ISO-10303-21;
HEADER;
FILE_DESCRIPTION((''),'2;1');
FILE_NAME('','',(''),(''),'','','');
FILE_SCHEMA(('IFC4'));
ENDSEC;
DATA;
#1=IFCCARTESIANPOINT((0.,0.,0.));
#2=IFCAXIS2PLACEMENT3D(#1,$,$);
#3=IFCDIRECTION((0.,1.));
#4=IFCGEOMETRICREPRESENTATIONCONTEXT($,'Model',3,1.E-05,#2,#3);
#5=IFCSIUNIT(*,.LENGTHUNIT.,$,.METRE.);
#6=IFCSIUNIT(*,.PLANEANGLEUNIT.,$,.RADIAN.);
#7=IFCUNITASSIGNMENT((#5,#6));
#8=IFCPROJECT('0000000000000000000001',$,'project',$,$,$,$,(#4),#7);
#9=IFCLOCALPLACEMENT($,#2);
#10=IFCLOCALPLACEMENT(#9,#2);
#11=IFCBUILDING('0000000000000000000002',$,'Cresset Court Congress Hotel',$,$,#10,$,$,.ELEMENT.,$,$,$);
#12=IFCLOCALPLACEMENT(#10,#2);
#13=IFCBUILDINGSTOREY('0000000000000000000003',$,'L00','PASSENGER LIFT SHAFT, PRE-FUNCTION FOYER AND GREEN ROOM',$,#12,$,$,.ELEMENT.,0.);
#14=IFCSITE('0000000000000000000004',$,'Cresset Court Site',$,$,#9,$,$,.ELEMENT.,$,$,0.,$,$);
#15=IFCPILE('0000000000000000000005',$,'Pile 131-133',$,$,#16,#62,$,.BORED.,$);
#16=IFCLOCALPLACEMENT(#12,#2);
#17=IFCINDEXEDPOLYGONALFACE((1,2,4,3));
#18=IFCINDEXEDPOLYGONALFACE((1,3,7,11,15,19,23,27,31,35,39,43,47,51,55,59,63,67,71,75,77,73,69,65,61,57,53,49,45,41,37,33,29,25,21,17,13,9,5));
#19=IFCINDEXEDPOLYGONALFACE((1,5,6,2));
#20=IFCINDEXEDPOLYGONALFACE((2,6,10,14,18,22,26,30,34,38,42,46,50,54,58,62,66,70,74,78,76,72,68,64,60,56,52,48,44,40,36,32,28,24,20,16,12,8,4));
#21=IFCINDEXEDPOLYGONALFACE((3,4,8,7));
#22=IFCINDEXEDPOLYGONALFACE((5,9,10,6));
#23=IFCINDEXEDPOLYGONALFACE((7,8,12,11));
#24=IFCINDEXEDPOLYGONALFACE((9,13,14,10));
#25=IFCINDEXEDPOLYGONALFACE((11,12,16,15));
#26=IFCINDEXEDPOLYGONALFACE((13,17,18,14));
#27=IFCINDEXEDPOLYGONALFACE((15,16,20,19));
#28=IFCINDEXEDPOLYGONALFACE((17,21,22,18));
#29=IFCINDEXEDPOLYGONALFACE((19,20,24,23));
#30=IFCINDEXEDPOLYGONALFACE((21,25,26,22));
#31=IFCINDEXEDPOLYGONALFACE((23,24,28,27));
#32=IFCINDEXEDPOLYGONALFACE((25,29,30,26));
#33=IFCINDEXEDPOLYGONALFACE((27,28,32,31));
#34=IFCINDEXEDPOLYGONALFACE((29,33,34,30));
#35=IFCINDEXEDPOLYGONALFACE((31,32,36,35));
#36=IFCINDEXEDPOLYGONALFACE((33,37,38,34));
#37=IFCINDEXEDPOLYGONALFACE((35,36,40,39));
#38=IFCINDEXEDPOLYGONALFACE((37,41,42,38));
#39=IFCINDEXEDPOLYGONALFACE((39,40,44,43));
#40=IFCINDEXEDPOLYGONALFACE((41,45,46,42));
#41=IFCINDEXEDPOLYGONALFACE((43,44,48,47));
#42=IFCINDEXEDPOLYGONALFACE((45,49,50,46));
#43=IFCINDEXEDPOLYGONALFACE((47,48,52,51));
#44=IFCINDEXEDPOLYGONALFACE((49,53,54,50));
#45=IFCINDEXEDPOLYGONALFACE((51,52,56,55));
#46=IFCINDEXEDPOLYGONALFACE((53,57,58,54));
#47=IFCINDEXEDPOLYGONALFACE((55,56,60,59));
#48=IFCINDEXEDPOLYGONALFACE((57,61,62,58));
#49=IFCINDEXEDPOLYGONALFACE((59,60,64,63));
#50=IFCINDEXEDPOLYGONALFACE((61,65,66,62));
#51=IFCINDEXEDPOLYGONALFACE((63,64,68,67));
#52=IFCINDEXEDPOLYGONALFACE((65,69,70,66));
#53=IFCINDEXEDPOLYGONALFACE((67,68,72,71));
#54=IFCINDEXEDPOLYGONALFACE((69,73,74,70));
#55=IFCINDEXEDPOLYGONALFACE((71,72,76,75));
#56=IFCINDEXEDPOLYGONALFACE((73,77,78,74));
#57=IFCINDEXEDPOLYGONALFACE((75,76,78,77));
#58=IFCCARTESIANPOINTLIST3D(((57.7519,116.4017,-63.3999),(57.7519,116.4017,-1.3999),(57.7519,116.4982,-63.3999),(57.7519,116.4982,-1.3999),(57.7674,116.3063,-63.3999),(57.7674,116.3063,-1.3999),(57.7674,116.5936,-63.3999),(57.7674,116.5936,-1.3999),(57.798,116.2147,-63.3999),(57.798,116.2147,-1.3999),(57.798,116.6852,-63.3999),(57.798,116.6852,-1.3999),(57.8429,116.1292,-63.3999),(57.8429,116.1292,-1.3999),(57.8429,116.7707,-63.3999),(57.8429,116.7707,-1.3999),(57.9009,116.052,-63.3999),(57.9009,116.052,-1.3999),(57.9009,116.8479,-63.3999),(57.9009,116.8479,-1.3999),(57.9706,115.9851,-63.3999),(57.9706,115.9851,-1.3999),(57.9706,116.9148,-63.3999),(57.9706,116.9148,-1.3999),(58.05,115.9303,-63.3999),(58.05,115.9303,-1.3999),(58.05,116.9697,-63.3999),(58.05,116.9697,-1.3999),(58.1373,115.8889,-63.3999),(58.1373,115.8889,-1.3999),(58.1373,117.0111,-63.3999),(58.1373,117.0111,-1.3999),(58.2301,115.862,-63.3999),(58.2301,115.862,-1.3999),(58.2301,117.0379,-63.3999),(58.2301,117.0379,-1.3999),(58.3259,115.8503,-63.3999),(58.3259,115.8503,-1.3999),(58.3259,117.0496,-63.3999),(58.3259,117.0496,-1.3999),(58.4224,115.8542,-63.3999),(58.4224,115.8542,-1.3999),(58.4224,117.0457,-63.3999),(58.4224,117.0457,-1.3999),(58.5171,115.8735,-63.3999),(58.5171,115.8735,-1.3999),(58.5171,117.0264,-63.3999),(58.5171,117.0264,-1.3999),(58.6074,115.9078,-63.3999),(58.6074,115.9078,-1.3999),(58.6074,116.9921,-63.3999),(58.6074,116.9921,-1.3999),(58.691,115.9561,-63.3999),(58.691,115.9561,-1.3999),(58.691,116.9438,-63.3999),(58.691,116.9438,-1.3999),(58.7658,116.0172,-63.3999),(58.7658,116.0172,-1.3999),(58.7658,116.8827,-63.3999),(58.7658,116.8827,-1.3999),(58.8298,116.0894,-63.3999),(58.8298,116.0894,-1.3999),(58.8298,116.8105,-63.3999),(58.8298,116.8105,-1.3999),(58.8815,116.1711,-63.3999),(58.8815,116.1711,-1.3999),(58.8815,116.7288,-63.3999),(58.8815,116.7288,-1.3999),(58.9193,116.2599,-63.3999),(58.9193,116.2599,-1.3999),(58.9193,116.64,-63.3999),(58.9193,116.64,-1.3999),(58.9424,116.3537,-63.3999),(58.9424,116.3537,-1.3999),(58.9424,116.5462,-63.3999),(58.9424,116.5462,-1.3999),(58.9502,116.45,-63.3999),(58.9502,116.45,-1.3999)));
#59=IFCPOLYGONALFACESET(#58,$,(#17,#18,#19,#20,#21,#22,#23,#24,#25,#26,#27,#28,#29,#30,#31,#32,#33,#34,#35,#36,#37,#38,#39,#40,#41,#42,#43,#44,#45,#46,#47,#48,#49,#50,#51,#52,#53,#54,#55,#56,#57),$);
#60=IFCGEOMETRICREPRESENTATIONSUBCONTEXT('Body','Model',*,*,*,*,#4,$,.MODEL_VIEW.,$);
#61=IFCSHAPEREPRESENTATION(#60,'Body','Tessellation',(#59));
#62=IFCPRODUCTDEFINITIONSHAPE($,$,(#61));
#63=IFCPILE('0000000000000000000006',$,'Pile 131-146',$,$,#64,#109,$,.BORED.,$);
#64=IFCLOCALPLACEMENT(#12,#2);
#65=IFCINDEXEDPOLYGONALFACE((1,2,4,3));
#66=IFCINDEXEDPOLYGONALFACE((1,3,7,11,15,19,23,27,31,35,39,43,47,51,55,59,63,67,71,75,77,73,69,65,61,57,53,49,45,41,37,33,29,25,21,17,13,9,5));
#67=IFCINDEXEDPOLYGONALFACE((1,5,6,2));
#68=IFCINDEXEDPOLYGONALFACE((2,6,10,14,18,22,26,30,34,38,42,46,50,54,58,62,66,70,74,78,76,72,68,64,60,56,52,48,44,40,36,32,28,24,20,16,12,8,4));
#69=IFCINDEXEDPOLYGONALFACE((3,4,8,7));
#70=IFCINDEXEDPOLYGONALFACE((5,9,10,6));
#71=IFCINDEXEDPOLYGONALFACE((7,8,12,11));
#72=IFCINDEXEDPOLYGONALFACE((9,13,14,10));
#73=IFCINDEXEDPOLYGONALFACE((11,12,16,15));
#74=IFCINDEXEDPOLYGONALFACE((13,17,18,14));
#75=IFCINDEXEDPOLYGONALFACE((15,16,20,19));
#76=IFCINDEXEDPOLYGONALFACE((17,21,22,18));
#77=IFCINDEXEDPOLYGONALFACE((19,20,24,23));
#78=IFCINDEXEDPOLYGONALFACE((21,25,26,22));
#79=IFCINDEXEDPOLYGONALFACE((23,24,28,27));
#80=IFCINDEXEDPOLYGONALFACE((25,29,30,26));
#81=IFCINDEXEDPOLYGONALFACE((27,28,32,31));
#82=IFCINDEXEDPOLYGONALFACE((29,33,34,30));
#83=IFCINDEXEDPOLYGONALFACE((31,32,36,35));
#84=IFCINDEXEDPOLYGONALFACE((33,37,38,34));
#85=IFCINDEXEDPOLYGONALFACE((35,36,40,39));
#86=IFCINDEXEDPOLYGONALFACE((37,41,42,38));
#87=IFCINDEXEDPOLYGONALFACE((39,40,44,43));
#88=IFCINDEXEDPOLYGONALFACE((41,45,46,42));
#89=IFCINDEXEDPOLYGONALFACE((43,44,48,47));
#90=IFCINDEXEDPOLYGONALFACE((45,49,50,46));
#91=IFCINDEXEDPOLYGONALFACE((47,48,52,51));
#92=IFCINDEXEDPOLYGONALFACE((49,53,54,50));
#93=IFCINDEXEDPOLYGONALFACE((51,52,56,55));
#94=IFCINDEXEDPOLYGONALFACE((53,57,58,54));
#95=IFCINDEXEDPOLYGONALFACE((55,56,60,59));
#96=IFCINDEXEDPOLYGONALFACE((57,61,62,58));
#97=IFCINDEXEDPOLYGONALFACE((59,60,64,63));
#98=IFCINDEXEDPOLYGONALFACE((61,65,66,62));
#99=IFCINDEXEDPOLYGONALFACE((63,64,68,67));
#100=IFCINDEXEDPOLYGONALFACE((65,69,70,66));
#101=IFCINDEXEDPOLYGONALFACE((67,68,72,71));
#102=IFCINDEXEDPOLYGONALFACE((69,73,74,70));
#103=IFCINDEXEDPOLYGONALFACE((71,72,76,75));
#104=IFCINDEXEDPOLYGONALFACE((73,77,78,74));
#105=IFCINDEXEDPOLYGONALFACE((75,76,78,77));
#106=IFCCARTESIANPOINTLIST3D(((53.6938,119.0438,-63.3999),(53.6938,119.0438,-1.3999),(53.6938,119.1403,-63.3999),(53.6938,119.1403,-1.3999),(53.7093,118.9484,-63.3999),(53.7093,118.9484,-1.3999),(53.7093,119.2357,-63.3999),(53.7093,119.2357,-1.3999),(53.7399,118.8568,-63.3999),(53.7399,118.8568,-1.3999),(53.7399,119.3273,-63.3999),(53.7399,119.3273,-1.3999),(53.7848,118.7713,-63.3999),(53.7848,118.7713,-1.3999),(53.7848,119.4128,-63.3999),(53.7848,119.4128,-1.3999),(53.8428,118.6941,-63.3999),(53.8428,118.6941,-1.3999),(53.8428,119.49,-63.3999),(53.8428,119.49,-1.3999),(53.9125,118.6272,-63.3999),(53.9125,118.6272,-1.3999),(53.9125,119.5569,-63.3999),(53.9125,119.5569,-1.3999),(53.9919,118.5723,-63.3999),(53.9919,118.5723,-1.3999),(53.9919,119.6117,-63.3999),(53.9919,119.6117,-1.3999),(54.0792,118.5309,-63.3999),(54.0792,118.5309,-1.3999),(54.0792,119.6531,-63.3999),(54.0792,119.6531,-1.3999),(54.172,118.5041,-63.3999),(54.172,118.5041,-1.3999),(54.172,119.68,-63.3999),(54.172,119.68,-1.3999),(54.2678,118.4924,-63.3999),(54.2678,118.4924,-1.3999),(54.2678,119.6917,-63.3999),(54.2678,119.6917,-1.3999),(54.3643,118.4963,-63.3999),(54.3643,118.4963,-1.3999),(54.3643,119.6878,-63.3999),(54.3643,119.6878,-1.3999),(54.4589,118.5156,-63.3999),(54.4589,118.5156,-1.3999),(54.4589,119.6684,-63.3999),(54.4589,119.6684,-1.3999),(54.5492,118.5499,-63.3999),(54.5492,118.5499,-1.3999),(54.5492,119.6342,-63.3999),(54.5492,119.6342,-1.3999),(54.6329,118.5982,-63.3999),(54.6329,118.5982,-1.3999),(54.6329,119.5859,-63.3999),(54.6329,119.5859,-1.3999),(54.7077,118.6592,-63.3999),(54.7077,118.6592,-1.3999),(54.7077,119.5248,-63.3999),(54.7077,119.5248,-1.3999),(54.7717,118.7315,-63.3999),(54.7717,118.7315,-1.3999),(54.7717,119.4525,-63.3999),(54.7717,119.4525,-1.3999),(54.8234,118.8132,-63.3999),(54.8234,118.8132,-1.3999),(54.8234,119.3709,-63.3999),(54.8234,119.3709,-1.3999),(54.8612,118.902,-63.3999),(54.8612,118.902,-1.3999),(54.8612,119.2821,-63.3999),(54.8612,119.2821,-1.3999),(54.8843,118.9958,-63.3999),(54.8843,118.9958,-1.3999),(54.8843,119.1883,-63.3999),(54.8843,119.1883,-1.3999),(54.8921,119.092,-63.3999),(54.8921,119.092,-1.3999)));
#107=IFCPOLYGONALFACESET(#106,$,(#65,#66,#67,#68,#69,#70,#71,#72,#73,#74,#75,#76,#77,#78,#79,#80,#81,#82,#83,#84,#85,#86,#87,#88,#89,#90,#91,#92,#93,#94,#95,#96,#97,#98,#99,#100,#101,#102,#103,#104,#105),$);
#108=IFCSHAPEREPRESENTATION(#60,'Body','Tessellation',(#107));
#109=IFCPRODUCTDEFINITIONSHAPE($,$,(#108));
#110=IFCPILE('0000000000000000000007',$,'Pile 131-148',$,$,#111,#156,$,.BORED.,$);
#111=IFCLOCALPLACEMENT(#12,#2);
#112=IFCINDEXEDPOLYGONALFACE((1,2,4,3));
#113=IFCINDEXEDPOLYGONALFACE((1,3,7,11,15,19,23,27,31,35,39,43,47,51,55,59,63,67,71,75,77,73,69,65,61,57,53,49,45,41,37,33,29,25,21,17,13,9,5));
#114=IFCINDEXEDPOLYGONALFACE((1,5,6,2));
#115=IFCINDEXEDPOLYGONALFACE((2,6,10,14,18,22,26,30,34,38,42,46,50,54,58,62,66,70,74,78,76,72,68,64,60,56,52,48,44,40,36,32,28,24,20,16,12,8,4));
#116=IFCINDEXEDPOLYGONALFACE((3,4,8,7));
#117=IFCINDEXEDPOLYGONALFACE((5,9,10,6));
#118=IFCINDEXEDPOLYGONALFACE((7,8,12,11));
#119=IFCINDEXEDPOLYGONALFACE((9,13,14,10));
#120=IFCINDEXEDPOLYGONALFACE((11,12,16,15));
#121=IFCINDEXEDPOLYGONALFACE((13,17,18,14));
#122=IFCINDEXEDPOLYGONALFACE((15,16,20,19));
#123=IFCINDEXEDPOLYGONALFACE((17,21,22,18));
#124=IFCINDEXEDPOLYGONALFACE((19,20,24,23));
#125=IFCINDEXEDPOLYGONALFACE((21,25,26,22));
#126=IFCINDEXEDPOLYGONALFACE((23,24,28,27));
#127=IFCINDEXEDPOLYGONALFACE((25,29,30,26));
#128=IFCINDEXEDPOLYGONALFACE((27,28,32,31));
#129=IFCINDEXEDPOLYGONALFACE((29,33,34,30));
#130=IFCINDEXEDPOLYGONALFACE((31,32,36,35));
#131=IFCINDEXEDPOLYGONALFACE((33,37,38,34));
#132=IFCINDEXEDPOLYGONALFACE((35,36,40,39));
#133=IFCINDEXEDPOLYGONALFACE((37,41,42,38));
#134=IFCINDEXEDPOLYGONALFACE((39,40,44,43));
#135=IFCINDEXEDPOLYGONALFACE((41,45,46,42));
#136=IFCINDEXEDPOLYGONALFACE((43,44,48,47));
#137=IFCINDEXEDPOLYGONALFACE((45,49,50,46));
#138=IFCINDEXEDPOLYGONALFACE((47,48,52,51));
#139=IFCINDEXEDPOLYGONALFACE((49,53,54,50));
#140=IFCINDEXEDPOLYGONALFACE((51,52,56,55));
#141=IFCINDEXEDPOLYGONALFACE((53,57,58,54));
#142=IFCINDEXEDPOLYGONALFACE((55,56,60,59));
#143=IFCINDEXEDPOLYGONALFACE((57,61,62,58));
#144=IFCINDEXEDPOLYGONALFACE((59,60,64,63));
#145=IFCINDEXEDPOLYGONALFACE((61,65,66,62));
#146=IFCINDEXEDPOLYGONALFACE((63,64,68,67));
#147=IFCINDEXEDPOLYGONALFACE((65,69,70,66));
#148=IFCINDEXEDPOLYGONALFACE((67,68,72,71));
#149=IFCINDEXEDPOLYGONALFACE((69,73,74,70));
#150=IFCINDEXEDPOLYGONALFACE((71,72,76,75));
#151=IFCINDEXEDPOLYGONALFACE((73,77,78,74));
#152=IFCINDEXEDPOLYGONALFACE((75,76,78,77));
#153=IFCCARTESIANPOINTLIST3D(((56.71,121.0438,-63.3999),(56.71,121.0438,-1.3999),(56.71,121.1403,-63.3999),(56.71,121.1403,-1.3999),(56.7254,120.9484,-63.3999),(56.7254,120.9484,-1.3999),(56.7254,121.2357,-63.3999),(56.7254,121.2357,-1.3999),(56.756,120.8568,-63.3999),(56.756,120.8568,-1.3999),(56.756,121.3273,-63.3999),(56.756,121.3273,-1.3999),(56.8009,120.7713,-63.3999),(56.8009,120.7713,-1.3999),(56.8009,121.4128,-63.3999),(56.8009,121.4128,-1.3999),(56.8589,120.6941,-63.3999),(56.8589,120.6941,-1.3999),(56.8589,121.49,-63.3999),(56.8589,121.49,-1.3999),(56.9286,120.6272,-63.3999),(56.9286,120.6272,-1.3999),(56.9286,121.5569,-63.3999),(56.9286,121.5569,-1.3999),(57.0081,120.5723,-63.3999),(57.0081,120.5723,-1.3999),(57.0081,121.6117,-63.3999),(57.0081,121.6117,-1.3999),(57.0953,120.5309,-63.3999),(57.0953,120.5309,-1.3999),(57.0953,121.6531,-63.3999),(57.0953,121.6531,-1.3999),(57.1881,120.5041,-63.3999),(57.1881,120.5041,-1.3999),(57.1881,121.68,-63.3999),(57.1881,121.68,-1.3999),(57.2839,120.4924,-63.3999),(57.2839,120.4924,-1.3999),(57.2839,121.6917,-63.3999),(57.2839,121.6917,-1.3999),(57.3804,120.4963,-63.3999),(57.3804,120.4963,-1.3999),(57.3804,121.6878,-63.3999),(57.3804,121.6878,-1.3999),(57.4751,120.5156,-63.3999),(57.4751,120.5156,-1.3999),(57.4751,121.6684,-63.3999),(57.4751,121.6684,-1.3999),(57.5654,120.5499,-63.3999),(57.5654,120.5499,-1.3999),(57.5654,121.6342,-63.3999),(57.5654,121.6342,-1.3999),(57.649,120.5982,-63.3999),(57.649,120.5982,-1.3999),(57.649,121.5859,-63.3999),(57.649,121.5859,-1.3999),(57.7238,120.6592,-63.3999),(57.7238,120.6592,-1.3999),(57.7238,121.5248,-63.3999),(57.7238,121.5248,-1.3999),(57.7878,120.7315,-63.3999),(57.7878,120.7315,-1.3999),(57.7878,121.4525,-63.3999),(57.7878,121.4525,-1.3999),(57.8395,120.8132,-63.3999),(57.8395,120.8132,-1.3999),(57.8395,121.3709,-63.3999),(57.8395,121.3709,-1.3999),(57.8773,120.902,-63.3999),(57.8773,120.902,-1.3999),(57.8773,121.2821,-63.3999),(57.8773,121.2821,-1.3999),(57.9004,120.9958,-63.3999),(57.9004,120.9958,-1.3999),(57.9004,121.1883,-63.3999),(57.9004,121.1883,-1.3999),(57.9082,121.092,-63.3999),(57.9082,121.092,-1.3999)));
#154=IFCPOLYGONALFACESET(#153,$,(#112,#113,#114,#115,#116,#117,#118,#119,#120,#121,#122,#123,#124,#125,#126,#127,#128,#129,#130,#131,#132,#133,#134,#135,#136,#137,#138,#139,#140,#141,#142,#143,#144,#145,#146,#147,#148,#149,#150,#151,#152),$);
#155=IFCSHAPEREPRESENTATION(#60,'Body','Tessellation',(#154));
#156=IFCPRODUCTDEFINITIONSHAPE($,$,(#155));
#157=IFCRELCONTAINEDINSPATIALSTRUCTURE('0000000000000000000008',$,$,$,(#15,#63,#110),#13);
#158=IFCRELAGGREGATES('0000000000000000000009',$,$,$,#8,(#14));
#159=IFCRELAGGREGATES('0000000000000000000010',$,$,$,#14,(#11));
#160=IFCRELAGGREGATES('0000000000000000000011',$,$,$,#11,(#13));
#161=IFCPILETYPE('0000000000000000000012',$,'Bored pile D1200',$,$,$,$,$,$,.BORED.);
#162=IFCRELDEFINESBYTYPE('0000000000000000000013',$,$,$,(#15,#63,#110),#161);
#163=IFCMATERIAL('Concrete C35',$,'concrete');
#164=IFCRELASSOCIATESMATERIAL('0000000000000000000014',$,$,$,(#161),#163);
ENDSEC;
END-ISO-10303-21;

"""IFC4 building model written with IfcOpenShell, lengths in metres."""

from ifc_helpers import new_model, si_unit, direction, frame, origin, origin_2d, place, context, subcontext, project, spatial, circle, extrude, material, type_object, element, save


model = new_model("IFC4")

# Units and contexts
model_context = context("Model", 3, precision=1e-05, world=origin(), true_north=direction((0.0, 1.0)))
body_context = subcontext(model_context, "Body", "Model", "MODEL_VIEW")
ifc_project = project(units=[si_unit("LENGTHUNIT", "METRE"), si_unit("PLANEANGLEUNIT", "RADIAN")], contexts=[model_context])

# Site, building, storey
site_placement = place(None, origin())
site = spatial("IfcSite", under=ifc_project, at=site_placement, Name="Cresset Court Site", CompositionType="ELEMENT", RefElevation=0.0)
building_placement = place(site_placement, origin())
building = spatial("IfcBuilding", under=site, at=building_placement, Name="Cresset Court Congress Hotel", CompositionType="ELEMENT")
storey_placement = place(building_placement, origin())
storey = spatial("IfcBuildingStorey", under=building, at=storey_placement, Name="L00", Description="PASSENGER LIFT SHAFT, PRE-FUNCTION FOYER AND GREEN ROOM", CompositionType="ELEMENT", Elevation=0.0)

# Piles
ifc_material_1 = material(Name="Concrete C35", Category="concrete")
pile_type = type_object("IfcPileType", Name="Bored pile D1200", PredefinedType="BORED", material=ifc_material_1)
for number, where, z_axis, x_axis, name in (
    (1, (58.3501, 116.45, -1.3999), (0.0, 0.0, -1.0), (1.0, 0.0, 0.0), "Pile 131-133"),
    (2, (54.292, 119.092, -1.3999), (0.0, 0.0, -1.0), (1.0, 0.0, 0.0), "Pile 131-146"),
    (3, (57.3081, 121.092, -1.3999), (0.0, 0.0, -1.0), (1.0, 0.0, 0.0), "Pile 131-148"),
):
    element("IfcPile", number, at=place(storey_placement, frame(where, z_axis=z_axis, x_axis=x_axis)), inside=storey, type_object=pile_type, Name=name, PredefinedType="BORED", context=body_context, shape_type="SweptSolid", body=[
        extrude(circle(Radius=0.6001, at=origin_2d()), origin(), (0.0, 0.0, 1.0), 62.0),
    ])

save(model, "model.ifc")
